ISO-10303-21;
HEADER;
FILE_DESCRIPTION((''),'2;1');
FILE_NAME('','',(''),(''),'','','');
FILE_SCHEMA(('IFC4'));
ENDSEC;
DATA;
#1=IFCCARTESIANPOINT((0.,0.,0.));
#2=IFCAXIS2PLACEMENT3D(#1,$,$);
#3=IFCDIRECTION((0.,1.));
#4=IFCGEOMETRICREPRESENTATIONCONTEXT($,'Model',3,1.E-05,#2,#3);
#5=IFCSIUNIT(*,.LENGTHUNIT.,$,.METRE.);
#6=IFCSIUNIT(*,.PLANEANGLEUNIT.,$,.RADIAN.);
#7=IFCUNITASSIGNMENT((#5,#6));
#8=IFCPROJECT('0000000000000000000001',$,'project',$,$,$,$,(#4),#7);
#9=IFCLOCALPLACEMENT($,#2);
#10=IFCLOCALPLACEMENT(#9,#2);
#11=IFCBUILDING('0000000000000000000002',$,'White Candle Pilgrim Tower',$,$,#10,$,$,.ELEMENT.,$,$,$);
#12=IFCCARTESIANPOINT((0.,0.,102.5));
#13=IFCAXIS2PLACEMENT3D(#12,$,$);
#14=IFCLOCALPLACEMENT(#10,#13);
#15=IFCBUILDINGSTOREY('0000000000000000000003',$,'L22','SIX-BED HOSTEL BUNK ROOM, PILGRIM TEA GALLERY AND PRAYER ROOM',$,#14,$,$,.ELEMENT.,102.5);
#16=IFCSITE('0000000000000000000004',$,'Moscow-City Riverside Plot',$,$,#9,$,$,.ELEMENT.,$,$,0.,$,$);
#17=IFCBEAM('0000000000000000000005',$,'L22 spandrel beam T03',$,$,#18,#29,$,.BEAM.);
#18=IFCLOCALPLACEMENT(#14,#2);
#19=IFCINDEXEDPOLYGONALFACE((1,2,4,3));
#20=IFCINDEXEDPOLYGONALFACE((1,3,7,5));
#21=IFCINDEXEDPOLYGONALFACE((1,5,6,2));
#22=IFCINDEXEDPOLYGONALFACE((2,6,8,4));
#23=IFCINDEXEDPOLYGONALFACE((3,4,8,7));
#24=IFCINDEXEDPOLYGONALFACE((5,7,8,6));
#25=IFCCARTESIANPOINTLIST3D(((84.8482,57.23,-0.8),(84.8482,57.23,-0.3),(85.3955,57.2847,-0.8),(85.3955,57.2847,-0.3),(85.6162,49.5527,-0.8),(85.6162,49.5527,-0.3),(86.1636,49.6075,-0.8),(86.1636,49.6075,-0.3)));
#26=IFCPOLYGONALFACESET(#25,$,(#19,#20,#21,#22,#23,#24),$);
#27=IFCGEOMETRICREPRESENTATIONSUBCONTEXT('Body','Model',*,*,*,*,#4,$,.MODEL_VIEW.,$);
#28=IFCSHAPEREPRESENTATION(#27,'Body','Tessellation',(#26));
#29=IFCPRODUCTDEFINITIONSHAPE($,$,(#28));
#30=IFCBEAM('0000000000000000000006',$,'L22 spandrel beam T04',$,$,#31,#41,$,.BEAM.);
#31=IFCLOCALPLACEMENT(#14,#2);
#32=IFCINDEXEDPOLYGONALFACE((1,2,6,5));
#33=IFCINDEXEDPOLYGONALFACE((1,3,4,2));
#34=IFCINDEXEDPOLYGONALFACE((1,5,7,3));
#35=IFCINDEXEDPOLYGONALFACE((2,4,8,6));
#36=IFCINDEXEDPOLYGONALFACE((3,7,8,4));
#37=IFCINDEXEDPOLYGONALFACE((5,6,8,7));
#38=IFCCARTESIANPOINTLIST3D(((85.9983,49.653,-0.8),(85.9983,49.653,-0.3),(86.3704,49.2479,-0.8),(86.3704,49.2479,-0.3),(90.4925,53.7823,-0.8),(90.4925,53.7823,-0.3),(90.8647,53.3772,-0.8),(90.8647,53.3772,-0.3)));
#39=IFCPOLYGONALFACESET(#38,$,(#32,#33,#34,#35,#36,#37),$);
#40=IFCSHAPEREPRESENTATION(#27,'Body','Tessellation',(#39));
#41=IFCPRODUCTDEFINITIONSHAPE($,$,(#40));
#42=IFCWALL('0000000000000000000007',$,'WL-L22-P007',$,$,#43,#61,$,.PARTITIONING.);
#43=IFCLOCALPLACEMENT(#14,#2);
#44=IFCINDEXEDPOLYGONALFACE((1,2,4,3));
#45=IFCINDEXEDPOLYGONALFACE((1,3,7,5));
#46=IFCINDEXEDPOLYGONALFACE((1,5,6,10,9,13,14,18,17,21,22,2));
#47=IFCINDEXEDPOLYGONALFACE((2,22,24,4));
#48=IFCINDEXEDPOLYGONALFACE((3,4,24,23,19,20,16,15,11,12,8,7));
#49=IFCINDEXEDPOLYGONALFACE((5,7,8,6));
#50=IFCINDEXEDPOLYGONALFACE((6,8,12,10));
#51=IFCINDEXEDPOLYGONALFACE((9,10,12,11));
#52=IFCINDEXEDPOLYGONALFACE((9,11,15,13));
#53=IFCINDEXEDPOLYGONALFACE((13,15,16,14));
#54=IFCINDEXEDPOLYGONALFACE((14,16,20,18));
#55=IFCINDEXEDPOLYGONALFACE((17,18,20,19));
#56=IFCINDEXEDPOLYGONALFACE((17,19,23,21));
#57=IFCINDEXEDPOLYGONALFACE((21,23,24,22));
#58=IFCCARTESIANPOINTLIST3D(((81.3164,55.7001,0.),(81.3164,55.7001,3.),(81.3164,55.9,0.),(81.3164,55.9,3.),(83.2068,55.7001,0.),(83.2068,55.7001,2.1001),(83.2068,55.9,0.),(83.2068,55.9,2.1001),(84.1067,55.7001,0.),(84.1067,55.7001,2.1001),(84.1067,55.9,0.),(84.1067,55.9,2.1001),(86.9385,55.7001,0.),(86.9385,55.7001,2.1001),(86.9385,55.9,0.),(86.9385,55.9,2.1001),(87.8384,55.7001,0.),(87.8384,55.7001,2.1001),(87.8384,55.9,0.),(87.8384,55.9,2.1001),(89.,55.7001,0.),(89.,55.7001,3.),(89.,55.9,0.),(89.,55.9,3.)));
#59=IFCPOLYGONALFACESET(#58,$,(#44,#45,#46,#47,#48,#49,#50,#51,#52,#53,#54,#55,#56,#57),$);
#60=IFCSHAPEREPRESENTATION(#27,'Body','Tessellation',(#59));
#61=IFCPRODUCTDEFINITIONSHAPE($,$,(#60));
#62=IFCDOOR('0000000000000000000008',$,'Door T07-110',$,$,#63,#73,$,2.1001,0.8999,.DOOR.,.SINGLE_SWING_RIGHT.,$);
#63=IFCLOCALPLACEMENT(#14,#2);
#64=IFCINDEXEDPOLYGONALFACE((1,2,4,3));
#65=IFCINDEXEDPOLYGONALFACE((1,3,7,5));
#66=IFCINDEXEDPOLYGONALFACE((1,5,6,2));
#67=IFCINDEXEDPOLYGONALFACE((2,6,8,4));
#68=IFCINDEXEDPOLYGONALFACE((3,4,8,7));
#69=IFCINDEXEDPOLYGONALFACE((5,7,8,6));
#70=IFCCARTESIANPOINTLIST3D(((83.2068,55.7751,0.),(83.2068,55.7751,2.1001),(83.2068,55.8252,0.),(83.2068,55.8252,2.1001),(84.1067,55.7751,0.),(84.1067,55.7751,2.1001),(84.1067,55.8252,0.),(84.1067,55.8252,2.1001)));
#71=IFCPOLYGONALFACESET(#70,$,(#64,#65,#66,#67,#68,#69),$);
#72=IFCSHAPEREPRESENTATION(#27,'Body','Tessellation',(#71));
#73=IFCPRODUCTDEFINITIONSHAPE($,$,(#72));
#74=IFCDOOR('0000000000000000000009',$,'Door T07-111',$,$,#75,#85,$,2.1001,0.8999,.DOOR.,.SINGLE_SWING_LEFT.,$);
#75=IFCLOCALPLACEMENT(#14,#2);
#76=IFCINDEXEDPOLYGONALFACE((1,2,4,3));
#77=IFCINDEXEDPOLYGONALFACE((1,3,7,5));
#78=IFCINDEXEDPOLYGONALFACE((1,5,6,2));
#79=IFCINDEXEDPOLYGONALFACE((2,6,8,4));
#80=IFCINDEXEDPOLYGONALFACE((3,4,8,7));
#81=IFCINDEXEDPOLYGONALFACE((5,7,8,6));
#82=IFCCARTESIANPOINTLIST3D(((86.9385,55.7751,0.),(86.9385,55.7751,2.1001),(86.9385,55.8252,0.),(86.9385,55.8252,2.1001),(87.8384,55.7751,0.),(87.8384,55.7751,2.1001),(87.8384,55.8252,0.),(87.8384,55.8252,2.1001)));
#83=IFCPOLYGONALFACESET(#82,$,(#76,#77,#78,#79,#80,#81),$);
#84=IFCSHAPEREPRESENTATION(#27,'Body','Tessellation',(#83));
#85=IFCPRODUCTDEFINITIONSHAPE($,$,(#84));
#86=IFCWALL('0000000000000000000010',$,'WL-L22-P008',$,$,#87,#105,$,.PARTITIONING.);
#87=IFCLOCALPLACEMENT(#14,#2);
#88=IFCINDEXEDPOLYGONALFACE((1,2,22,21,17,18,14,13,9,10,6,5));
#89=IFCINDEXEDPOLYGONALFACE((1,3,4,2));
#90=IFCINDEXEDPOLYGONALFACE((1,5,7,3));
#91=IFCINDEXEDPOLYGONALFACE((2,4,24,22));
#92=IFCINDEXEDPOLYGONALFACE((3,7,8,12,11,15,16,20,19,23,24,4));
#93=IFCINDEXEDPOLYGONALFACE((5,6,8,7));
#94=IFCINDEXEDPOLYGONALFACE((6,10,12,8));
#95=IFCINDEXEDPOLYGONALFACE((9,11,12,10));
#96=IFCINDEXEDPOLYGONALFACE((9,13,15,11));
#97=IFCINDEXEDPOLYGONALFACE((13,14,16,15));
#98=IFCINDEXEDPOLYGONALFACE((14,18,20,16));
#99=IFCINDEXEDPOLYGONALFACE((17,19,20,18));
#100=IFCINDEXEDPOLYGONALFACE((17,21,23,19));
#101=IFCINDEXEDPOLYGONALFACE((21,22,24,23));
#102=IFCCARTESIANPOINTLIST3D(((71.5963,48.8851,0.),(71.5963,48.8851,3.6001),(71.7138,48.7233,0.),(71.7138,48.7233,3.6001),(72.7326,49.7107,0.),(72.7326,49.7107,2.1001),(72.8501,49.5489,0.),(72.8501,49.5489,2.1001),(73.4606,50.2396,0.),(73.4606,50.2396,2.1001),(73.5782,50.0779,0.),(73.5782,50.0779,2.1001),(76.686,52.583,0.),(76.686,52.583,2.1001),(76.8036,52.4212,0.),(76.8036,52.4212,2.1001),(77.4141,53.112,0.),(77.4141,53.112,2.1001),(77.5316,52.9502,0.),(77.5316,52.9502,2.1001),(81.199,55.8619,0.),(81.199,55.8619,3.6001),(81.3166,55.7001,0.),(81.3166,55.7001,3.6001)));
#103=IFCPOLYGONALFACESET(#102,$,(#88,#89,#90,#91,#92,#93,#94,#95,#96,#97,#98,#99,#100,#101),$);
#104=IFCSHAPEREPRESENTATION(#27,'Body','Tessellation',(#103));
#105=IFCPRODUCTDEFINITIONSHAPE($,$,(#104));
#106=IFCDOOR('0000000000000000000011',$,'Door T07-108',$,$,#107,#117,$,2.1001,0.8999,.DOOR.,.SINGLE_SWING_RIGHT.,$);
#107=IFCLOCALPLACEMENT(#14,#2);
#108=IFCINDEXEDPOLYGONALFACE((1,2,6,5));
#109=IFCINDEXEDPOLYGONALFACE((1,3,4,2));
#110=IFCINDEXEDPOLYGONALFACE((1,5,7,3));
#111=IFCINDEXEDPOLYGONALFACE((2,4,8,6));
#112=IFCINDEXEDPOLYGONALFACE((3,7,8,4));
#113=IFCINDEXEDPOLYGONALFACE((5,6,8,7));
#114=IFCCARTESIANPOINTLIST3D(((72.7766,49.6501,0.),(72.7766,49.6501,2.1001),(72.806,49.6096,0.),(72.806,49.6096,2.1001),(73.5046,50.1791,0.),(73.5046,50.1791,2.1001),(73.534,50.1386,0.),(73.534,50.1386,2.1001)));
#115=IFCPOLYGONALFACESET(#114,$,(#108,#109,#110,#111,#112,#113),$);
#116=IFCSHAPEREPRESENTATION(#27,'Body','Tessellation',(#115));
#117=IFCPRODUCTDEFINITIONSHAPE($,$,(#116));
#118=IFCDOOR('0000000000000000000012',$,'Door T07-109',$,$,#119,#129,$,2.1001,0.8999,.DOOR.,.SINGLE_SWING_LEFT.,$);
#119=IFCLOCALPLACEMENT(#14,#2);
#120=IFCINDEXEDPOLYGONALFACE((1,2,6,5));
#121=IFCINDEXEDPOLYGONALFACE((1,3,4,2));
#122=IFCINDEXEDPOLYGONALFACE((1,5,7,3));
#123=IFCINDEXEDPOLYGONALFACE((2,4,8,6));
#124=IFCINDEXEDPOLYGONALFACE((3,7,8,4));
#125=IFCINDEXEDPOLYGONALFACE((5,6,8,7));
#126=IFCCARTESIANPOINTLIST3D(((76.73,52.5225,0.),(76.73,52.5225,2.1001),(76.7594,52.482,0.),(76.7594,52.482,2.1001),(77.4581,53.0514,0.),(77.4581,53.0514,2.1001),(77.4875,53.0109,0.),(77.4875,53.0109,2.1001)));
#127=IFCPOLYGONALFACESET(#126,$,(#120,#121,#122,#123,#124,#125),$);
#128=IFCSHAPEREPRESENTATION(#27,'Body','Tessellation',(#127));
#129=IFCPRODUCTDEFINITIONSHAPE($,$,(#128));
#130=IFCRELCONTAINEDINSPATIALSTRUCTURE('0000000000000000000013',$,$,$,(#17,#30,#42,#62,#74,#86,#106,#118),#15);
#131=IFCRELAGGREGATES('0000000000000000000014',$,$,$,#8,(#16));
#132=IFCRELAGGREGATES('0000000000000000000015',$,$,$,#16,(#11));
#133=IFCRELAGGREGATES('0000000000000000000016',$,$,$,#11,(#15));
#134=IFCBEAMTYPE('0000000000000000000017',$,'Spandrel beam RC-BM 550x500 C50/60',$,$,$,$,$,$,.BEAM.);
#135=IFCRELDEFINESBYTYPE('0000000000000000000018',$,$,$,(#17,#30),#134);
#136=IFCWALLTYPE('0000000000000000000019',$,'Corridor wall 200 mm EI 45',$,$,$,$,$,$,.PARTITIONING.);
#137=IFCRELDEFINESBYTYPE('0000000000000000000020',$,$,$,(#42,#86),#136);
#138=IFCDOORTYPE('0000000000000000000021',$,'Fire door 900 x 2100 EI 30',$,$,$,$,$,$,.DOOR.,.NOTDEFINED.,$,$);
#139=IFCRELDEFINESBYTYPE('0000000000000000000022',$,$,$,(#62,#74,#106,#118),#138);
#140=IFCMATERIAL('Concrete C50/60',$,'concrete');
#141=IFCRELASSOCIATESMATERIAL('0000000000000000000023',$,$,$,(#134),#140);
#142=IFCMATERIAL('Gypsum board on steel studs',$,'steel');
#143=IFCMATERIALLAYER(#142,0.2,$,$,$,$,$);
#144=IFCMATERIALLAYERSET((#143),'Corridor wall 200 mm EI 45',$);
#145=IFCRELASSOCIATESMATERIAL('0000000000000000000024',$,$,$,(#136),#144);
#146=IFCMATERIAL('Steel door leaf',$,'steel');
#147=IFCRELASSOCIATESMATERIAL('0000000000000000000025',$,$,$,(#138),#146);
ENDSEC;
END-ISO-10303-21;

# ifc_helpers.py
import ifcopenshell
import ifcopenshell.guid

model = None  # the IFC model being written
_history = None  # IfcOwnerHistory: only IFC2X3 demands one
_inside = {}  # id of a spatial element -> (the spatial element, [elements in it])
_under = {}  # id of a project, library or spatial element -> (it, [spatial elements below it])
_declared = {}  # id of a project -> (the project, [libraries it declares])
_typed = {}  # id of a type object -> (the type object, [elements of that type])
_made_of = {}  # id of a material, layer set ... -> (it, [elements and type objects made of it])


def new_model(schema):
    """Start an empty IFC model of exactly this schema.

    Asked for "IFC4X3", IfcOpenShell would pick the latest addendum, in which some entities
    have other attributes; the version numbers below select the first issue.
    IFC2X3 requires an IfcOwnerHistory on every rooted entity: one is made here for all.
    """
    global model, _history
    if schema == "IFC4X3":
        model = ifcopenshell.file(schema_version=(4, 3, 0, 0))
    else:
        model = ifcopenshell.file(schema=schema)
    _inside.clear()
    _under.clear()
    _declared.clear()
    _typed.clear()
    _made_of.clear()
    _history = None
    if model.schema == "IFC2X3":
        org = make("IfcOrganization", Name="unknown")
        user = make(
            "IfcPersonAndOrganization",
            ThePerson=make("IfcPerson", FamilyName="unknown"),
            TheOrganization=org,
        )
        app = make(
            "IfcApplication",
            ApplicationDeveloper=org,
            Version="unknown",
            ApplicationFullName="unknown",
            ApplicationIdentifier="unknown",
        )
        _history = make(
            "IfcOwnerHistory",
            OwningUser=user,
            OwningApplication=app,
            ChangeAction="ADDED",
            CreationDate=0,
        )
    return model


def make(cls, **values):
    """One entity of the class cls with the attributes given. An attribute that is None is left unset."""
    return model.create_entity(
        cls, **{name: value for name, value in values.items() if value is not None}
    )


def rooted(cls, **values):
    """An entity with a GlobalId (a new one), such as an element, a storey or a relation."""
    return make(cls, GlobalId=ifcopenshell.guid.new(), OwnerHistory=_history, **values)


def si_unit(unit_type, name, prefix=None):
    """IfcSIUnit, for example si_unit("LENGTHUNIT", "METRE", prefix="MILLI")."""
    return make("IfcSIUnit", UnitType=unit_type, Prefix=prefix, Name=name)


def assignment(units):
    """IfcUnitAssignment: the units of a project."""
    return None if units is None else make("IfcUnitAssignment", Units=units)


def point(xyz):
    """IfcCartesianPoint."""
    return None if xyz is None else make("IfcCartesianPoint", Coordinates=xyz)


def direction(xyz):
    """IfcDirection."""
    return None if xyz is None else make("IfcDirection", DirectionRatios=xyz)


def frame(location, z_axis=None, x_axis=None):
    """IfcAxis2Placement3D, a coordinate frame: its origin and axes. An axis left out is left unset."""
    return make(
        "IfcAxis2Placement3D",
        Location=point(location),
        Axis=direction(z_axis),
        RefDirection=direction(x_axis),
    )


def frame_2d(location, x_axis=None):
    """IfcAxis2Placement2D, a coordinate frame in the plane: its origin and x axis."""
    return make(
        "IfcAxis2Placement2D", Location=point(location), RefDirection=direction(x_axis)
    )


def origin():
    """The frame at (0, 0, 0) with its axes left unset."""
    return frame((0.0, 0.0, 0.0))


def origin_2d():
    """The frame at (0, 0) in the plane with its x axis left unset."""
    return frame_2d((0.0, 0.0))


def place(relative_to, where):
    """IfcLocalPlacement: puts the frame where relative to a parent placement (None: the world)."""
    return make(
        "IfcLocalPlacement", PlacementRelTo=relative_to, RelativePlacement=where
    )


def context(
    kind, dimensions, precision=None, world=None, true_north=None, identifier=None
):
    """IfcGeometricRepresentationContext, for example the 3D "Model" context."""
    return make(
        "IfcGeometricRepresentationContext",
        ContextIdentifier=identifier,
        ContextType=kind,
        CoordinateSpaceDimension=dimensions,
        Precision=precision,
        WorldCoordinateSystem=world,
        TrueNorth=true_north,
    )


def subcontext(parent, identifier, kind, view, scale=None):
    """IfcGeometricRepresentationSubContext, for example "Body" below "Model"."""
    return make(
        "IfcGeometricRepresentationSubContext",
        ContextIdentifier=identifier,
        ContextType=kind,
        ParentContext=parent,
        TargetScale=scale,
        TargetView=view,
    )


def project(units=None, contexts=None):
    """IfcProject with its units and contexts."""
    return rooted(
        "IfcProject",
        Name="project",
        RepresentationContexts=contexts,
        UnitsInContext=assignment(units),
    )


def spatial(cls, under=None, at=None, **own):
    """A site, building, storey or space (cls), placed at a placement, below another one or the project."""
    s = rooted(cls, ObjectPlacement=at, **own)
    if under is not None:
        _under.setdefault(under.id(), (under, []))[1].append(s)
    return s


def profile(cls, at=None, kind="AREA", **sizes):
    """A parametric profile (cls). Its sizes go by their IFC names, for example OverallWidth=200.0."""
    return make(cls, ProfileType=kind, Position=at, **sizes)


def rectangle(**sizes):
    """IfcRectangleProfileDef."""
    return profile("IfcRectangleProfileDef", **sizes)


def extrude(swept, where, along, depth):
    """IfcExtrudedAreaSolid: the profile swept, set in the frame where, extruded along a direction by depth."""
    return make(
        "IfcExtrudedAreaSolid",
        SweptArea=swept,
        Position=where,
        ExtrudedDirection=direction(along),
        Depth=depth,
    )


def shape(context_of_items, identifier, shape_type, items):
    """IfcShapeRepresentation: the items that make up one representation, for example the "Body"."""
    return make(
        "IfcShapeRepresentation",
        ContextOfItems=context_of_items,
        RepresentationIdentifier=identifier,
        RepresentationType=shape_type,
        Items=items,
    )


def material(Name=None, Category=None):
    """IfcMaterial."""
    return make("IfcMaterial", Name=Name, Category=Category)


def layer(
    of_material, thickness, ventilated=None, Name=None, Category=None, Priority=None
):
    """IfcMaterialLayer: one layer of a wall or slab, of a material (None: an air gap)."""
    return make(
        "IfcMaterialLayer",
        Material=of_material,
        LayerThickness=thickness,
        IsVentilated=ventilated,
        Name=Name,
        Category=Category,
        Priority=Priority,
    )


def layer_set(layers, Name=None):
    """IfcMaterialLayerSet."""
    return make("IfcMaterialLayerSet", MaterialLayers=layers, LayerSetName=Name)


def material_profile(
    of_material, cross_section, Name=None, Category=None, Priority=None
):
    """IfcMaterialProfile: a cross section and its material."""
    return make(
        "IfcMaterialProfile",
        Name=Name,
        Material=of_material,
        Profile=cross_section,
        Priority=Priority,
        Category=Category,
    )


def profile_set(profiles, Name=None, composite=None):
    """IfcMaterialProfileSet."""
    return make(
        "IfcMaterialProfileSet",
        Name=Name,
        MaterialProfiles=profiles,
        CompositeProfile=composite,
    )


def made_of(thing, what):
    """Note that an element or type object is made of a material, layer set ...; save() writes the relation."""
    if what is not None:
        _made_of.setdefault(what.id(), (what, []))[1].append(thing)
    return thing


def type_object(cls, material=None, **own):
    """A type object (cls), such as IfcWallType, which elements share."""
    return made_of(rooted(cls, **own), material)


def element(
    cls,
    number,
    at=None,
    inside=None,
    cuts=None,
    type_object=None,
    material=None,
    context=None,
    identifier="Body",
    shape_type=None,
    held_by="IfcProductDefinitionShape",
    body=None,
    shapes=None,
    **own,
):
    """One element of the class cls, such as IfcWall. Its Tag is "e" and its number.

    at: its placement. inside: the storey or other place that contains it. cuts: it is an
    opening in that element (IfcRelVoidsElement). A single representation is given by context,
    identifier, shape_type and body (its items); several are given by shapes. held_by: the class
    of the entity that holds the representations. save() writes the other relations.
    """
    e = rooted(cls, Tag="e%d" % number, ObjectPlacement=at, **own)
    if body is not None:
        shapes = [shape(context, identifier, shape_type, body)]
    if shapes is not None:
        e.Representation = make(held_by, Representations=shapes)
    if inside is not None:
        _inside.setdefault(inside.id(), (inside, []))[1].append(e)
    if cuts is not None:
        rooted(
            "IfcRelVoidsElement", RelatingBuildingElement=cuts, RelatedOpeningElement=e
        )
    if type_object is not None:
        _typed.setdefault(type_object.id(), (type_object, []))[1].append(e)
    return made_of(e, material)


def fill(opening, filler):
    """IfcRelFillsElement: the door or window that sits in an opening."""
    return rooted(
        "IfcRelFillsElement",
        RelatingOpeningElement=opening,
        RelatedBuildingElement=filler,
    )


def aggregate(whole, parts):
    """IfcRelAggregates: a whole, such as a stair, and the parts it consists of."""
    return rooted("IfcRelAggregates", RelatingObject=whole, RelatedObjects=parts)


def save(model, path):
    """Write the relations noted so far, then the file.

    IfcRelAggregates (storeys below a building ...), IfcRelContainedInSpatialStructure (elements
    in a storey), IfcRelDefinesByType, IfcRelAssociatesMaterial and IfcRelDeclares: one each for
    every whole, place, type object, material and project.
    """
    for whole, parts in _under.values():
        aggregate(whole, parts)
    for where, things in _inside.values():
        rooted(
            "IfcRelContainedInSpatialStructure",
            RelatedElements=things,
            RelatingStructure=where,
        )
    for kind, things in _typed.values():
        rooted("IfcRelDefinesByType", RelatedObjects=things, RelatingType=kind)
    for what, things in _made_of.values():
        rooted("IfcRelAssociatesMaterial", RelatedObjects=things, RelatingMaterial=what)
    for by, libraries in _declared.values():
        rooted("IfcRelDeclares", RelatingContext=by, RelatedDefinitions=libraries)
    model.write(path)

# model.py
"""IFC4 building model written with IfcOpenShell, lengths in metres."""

from ifc_helpers import new_model, si_unit, direction, frame, frame_2d, origin, origin_2d, place, context, subcontext, project, spatial, rectangle, extrude, material, layer, layer_set, material_profile, profile_set, type_object, element, fill, save


model = new_model("IFC4")

# Units and contexts
model_context = context("Model", 3, precision=1e-05, world=origin(), true_north=direction((0.0, 1.0)))
body_context = subcontext(model_context, "Body", "Model", "MODEL_VIEW")
ifc_project = project(units=[si_unit("LENGTHUNIT", "METRE"), si_unit("PLANEANGLEUNIT", "RADIAN")], contexts=[model_context])

# Site, building, storey
site_placement = place(None, origin())
site = spatial("IfcSite", under=ifc_project, at=site_placement, Name="Moscow-City Riverside Plot", CompositionType="ELEMENT", RefElevation=0.0)
building_placement = place(site_placement, origin())
building = spatial("IfcBuilding", under=site, at=building_placement, Name="White Candle Pilgrim Tower", CompositionType="ELEMENT")
storey_placement = place(building_placement, frame((0.0, 0.0, 102.5)))
storey = spatial("IfcBuildingStorey", under=building, at=storey_placement, Name="L22", Description="SIX-BED HOSTEL BUNK ROOM, PILGRIM TEA GALLERY AND PRAYER ROOM", CompositionType="ELEMENT", Elevation=102.5)

# Beams
ifc_material_1 = material(Name="Concrete C50/60", Category="concrete")
ifc_material_profile_1 = material_profile(ifc_material_1, rectangle(XDim=0.55, YDim=0.5, at=origin_2d()), Name="RC-BM 550x500")
ifc_profile_set_1 = profile_set([ifc_material_profile_1], Name="Concrete C50/60")
beam_type = type_object("IfcBeamType", Name="Spandrel beam RC-BM 550x500 C50/60", PredefinedType="BEAM", material=ifc_profile_set_1)
beam_1_placement = place(storey_placement, frame((85.8899, 49.5801, -0.55), z_axis=(-0.099548, 0.995033, 0.0), x_axis=(-0.995033, -0.099548, 0.0)))
element("IfcBeam", 1, at=beam_1_placement, inside=storey, type_object=beam_type, Name="L22 spandrel beam T03", PredefinedType="BEAM", context=body_context, shape_type="SweptSolid", body=[
    extrude(rectangle(XDim=0.55, YDim=0.5, at=origin_2d()), origin(), (0.0, 0.0, 1.0), 7.7156),
])
beam_2_placement = place(storey_placement, frame((86.1843, 49.4504, -0.55), z_axis=(0.736375, 0.676574, 0.0), x_axis=(-0.676574, 0.736375, 0.0)))
element("IfcBeam", 2, at=beam_2_placement, inside=storey, type_object=beam_type, Name="L22 spandrel beam T04", PredefinedType="BEAM", context=body_context, shape_type="SweptSolid", body=[
    extrude(rectangle(XDim=0.55, YDim=0.5, at=origin_2d()), origin(), (0.0, 0.0, 1.0), 6.1033),
])

# Walls, openings, doors
ifc_material_2 = material(Name="Gypsum board on steel studs", Category="steel")
ifc_layer_1 = layer(ifc_material_2, 0.2)
ifc_layer_set_1 = layer_set([ifc_layer_1], Name="Corridor wall 200 mm EI 45")
wall_type_1 = type_object("IfcWallType", Name="Corridor wall 200 mm EI 45", PredefinedType="PARTITIONING", material=ifc_layer_set_1)
wall_1_placement = place(storey_placement, frame((89.0, 55.8, 0.0), z_axis=(0.0, 0.0, 1.0), x_axis=(-1.0, 0.0, 0.0)))
wall_1 = element("IfcWall", 3, at=wall_1_placement, inside=storey, type_object=wall_type_1, Name="WL-L22-P007", PredefinedType="PARTITIONING", context=body_context, shape_type="SweptSolid", body=[
    extrude(rectangle(XDim=7.6836, YDim=0.2, at=frame_2d((3.8418, 0.0))), origin(), (0.0, 0.0, 1.0), 3.0),
])
opening_1_placement = place(wall_1_placement, frame((4.8933, 0.0, 0.0)))
opening_1 = element("IfcOpeningElement", 4, at=opening_1_placement, cuts=wall_1, PredefinedType="OPENING", context=body_context, shape_type="SweptSolid", body=[
    extrude(rectangle(XDim=0.8999, YDim=2.1001, at=frame_2d((0.45, 1.05))), frame((0.0, 0.1099, 0.0), z_axis=(0.0, -1.0, 0.0), x_axis=(1.0, 0.0, 0.0)), (0.0, 0.0, 1.0), 0.22),
])
opening_2_placement = place(wall_1_placement, frame((1.1616, 0.0, 0.0)))
opening_2 = element("IfcOpeningElement", 5, at=opening_2_placement, cuts=wall_1, PredefinedType="OPENING", context=body_context, shape_type="SweptSolid", body=[
    extrude(rectangle(XDim=0.8999, YDim=2.1001, at=frame_2d((0.45, 1.05))), frame((0.0, 0.1099, 0.0), z_axis=(0.0, -1.0, 0.0), x_axis=(1.0, 0.0, 0.0)), (0.0, 0.0, 1.0), 0.22),
])
ifc_material_3 = material(Name="Steel door leaf", Category="steel")
door_type = type_object("IfcDoorType", Name="Fire door 900 x 2100 EI 30", OperationType="NOTDEFINED", PredefinedType="DOOR", material=ifc_material_3)
door_1_placement = place(opening_1_placement, origin())
door_1 = element("IfcDoor", 6, at=door_1_placement, inside=storey, type_object=door_type, Name="Door T07-110", OperationType="SINGLE_SWING_RIGHT", OverallHeight=2.1001, OverallWidth=0.8999, PredefinedType="DOOR", context=body_context, shape_type="SweptSolid", body=[
    extrude(rectangle(XDim=0.8999, YDim=2.1001, at=frame_2d((0.45, 1.05))), frame((0.0, 0.0249, 0.0), z_axis=(0.0, -1.0, 0.0), x_axis=(1.0, 0.0, 0.0)), (0.0, 0.0, 1.0), 0.05),
])
fill(opening_1, door_1)
door_2_placement = place(opening_2_placement, origin())
door_2 = element("IfcDoor", 7, at=door_2_placement, inside=storey, type_object=door_type, Name="Door T07-111", OperationType="SINGLE_SWING_LEFT", OverallHeight=2.1001, OverallWidth=0.8999, PredefinedType="DOOR", context=body_context, shape_type="SweptSolid", body=[
    extrude(rectangle(XDim=0.8999, YDim=2.1001, at=frame_2d((0.45, 1.05))), frame((0.0, 0.0249, 0.0), z_axis=(0.0, -1.0, 0.0), x_axis=(1.0, 0.0, 0.0)), (0.0, 0.0, 1.0), 0.05),
])
fill(opening_2, door_2)
wall_2_placement = place(storey_placement, frame((81.2578, 55.781, 0.0), z_axis=(0.0, 0.0, 1.0), x_axis=(-0.809018, -0.587784, 0.0)))
wall_2 = element("IfcWall", 8, at=wall_2_placement, inside=storey, type_object=wall_type_1, Name="WL-L22-P008", PredefinedType="PARTITIONING", context=body_context, shape_type="SweptSolid", body=[
    extrude(rectangle(XDim=11.8696, YDim=0.2, at=frame_2d((5.9348, 0.0))), origin(), (0.0, 0.0, 1.0), 3.6001),
])
opening_3_placement = place(wall_2_placement, frame((9.5652, 0.0, 0.0)))
opening_3 = element("IfcOpeningElement", 9, at=opening_3_placement, cuts=wall_2, PredefinedType="OPENING", context=body_context, shape_type="SweptSolid", body=[
    extrude(rectangle(XDim=0.8999, YDim=2.1001, at=frame_2d((0.45, 1.05))), frame((0.0, 0.1099, 0.0), z_axis=(0.0, -1.0, 0.0), x_axis=(1.0, 0.0, 0.0)), (0.0, 0.0, 1.0), 0.22),
])
opening_4_placement = place(wall_2_placement, frame((4.6785, 0.0, 0.0)))
opening_4 = element("IfcOpeningElement", 10, at=opening_4_placement, cuts=wall_2, PredefinedType="OPENING", context=body_context, shape_type="SweptSolid", body=[
    extrude(rectangle(XDim=0.8999, YDim=2.1001, at=frame_2d((0.45, 1.05))), frame((0.0, 0.1099, 0.0), z_axis=(0.0, -1.0, 0.0), x_axis=(1.0, 0.0, 0.0)), (0.0, 0.0, 1.0), 0.22),
])
door_3_placement = place(opening_3_placement, origin())
door_3 = element("IfcDoor", 11, at=door_3_placement, inside=storey, type_object=door_type, Name="Door T07-108", OperationType="SINGLE_SWING_RIGHT", OverallHeight=2.1001, OverallWidth=0.8999, PredefinedType="DOOR", context=body_context, shape_type="SweptSolid", body=[
    extrude(rectangle(XDim=0.8999, YDim=2.1001, at=frame_2d((0.45, 1.05))), frame((0.0, 0.0249, 0.0), z_axis=(0.0, -1.0, 0.0), x_axis=(1.0, 0.0, 0.0)), (0.0, 0.0, 1.0), 0.05),
])
fill(opening_3, door_3)
door_4_placement = place(opening_4_placement, origin())
door_4 = element("IfcDoor", 12, at=door_4_placement, inside=storey, type_object=door_type, Name="Door T07-109", OperationType="SINGLE_SWING_LEFT", OverallHeight=2.1001, OverallWidth=0.8999, PredefinedType="DOOR", context=body_context, shape_type="SweptSolid", body=[
    extrude(rectangle(XDim=0.8999, YDim=2.1001, at=frame_2d((0.45, 1.05))), frame((0.0, 0.0249, 0.0), z_axis=(0.0, -1.0, 0.0), x_axis=(1.0, 0.0, 0.0)), (0.0, 0.0, 1.0), 0.05),
])
fill(opening_4, door_4)

save(model, "model.ifc")
